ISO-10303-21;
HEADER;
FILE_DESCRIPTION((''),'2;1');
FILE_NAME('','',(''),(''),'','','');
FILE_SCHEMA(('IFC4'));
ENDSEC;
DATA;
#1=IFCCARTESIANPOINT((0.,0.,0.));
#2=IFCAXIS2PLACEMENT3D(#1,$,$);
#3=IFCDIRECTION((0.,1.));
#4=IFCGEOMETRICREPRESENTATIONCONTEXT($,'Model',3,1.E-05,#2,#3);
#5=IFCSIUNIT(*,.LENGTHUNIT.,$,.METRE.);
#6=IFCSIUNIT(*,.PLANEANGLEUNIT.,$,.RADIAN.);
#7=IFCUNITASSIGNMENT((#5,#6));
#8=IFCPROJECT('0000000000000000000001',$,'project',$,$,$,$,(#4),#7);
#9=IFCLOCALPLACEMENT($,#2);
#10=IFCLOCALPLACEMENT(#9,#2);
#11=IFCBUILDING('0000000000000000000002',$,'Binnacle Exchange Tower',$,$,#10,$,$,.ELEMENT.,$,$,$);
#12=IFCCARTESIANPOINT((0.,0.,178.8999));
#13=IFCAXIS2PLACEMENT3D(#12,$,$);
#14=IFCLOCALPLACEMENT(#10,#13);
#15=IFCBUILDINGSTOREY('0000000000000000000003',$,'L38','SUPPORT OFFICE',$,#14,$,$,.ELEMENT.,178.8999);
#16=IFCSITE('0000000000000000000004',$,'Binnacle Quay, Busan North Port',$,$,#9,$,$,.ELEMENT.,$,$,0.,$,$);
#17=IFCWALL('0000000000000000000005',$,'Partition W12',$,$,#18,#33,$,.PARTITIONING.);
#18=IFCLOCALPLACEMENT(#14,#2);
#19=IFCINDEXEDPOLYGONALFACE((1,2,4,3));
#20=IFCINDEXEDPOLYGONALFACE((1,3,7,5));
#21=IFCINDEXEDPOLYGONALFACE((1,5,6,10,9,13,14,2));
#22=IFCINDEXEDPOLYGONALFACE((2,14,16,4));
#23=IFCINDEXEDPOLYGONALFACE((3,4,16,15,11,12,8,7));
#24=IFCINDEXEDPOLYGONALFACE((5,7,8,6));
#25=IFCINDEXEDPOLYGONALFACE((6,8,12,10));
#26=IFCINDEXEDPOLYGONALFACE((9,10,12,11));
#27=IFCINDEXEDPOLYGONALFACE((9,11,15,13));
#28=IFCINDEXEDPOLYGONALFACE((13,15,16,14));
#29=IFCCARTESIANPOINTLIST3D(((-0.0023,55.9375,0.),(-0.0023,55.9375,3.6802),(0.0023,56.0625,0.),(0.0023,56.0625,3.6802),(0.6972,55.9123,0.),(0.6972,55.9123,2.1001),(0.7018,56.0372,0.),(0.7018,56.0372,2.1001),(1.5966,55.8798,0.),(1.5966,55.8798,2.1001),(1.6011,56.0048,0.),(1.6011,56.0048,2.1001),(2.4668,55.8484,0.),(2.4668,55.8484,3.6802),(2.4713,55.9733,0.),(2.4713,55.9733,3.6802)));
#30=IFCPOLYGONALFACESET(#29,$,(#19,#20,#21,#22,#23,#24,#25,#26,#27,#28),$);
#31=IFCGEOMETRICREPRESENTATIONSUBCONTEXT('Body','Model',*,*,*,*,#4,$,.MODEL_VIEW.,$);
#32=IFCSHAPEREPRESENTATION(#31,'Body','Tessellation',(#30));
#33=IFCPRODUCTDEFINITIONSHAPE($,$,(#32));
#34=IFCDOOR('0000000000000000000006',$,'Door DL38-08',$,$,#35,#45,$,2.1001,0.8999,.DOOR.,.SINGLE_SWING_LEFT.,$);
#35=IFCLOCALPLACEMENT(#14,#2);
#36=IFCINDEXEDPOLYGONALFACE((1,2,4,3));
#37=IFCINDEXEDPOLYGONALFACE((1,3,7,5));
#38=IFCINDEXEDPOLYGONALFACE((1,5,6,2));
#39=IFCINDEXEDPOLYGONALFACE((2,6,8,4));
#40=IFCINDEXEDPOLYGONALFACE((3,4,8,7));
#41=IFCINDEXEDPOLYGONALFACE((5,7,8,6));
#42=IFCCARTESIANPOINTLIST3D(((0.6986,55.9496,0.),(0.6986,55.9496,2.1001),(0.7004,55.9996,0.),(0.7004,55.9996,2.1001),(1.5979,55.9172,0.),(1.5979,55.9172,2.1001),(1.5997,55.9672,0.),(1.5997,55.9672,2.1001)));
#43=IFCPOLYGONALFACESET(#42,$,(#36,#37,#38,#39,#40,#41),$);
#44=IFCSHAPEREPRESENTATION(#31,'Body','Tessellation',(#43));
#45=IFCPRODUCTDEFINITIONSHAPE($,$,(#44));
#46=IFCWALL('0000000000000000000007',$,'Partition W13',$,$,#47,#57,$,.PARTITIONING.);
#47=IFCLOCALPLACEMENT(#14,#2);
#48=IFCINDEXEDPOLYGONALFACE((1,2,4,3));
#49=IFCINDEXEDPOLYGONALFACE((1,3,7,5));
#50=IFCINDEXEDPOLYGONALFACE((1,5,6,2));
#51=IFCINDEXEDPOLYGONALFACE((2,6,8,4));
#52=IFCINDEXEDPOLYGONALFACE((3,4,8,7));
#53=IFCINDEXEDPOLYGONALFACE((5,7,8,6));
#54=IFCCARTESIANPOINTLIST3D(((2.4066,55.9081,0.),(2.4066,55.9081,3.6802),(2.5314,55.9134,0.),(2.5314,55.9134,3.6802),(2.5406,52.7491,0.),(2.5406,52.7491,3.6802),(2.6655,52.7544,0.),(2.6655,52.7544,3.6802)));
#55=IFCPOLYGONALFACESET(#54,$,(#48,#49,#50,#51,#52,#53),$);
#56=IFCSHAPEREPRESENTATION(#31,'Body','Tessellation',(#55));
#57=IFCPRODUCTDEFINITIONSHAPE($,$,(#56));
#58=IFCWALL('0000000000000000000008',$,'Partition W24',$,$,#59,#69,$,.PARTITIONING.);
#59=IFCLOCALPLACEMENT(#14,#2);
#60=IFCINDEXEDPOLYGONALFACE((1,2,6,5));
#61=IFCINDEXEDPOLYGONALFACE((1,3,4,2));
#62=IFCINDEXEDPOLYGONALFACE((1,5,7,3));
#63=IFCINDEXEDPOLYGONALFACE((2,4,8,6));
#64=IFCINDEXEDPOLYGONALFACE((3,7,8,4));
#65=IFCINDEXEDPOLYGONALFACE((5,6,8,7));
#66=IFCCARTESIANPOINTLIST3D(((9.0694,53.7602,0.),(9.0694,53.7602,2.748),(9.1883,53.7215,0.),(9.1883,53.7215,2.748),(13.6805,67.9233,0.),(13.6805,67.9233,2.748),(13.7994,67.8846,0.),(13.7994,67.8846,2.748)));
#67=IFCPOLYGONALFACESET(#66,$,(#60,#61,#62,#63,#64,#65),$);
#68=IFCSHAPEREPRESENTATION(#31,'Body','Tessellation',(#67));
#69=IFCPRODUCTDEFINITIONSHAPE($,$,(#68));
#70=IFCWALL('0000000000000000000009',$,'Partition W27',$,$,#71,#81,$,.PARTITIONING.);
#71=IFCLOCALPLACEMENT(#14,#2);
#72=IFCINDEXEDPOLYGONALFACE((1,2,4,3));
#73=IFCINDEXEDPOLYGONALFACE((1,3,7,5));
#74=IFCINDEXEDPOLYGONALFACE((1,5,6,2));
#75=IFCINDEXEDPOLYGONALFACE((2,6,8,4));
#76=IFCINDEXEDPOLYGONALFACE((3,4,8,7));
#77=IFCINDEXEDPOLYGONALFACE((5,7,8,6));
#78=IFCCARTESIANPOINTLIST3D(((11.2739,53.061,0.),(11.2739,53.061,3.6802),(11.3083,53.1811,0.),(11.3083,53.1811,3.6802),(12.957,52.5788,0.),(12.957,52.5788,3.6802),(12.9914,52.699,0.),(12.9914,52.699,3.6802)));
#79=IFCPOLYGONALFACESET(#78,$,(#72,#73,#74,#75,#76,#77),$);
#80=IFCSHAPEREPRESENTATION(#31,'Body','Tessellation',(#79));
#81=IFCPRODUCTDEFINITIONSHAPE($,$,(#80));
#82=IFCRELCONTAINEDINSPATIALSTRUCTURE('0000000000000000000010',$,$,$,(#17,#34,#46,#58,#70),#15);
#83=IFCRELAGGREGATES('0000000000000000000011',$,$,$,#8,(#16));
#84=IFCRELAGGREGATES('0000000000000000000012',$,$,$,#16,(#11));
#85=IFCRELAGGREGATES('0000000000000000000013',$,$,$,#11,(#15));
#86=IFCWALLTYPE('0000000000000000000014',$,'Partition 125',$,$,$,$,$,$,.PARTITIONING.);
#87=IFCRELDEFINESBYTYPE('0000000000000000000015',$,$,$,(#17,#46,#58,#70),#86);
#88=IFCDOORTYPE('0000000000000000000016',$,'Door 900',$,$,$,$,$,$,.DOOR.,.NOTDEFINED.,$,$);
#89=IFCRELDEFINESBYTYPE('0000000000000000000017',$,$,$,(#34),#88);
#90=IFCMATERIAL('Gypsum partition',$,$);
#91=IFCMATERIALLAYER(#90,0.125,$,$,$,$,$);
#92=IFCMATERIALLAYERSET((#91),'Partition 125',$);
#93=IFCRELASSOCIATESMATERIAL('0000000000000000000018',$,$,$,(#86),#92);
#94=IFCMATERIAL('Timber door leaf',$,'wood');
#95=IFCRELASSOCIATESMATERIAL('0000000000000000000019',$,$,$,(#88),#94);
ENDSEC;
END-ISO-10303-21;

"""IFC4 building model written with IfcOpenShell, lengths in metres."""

from ifc_helpers import new_model, si_unit, direction, frame, frame_2d, origin, place, context, subcontext, project, spatial, rectangle, extrude, material, layer, layer_set, type_object, element, fill, save


model = new_model("IFC4")

# Units and contexts
model_context = context("Model", 3, precision=1e-05, world=origin(), true_north=direction((0.0, 1.0)))
body_context = subcontext(model_context, "Body", "Model", "MODEL_VIEW")
ifc_project = project(units=[si_unit("LENGTHUNIT", "METRE"), si_unit("PLANEANGLEUNIT", "RADIAN")], contexts=[model_context])

# Site, building, storey
site_placement = place(None, origin())
site = spatial("IfcSite", under=ifc_project, at=site_placement, Name="Binnacle Quay, Busan North Port", CompositionType="ELEMENT", RefElevation=0.0)
building_placement = place(site_placement, origin())
building = spatial("IfcBuilding", under=site, at=building_placement, Name="Binnacle Exchange Tower", CompositionType="ELEMENT")
storey_placement = place(building_placement, frame((0.0, 0.0, 178.8999)))
storey = spatial("IfcBuildingStorey", under=building, at=storey_placement, Name="L38", Description="SUPPORT OFFICE", CompositionType="ELEMENT", Elevation=178.8999)

# Wall, opening, door
ifc_material_1 = material(Name="Gypsum partition")
ifc_layer_1 = layer(ifc_material_1, 0.125)
ifc_layer_set_1 = layer_set([ifc_layer_1], Name="Partition 125")
wall_type_1 = type_object("IfcWallType", Name="Partition 125", PredefinedType="PARTITIONING", material=ifc_layer_set_1)
wall_1_placement = place(storey_placement, frame((0.0, 56.0, 0.0), z_axis=(0.0, 0.0, 1.0), x_axis=(0.999349, -0.036069, 0.0)))
wall_1 = element("IfcWall", 1, at=wall_1_placement, inside=storey, type_object=wall_type_1, Name="Partition W12", PredefinedType="PARTITIONING", context=body_context, shape_type="SweptSolid", body=[
    extrude(rectangle(XDim=2.4707, YDim=0.125, at=frame_2d((1.2354, 0.0))), origin(), (0.0, 0.0, 1.0), 3.6802),
])
opening_1_placement = place(wall_1_placement, frame((0.7, 0.0, 0.0)))
opening_1 = element("IfcOpeningElement", 2, at=opening_1_placement, cuts=wall_1, PredefinedType="OPENING", context=body_context, shape_type="SweptSolid", body=[
    extrude(rectangle(XDim=0.8999, YDim=2.1001, at=frame_2d((0.45, 1.05))), frame((0.0, 0.0725, 0.0), z_axis=(0.0, -1.0, 0.0), x_axis=(1.0, 0.0, 0.0)), (0.0, 0.0, 1.0), 0.145),
])
ifc_material_2 = material(Name="Timber door leaf", Category="wood")
door_type = type_object("IfcDoorType", Name="Door 900", OperationType="NOTDEFINED", PredefinedType="DOOR", material=ifc_material_2)
door_placement = place(opening_1_placement, origin())
door = element("IfcDoor", 3, at=door_placement, inside=storey, type_object=door_type, Name="Door DL38-08", OperationType="SINGLE_SWING_LEFT", OverallHeight=2.1001, OverallWidth=0.8999, PredefinedType="DOOR", context=body_context, shape_type="SweptSolid", body=[
    extrude(rectangle(XDim=0.8999, YDim=2.1001, at=frame_2d((0.45, 1.05))), frame((0.0, 0.0249, 0.0), z_axis=(0.0, -1.0, 0.0), x_axis=(1.0, 0.0, 0.0)), (0.0, 0.0, 1.0), 0.05),
])
fill(opening_1, door)

# Walls
wall_2_placement = place(storey_placement, frame((2.469, 55.9109, 0.0), z_axis=(0.0, 0.0, 1.0), x_axis=(0.042392, -0.999101, 0.0)))
element("IfcWall", 4, at=wall_2_placement, inside=storey, type_object=wall_type_1, Name="Partition W13", PredefinedType="PARTITIONING", context=body_context, shape_type="SweptSolid", body=[
    extrude(rectangle(XDim=3.1619, YDim=0.125, at=frame_2d((1.5811, 0.0))), origin(), (0.0, 0.0, 1.0), 3.6802),
])
wall_3_placement = place(storey_placement, frame((9.1289, 53.741, 0.0), z_axis=(0.0, 0.0, 1.0), x_axis=(0.309577, 0.950874, 0.0)))
element("IfcWall", 5, at=wall_3_placement, inside=storey, type_object=wall_type_1, Name="Partition W24", PredefinedType="PARTITIONING", context=body_context, shape_type="SweptSolid", body=[
    extrude(rectangle(XDim=14.8948, YDim=0.125, at=frame_2d((7.4473, 0.0))), origin(), (0.0, 0.0, 1.0), 2.748),
])
wall_4_placement = place(storey_placement, frame((11.291, 53.1211, 0.0), z_axis=(0.0, 0.0, 1.0), x_axis=(0.961329, -0.275402, 0.0)))
element("IfcWall", 6, at=wall_4_placement, inside=storey, type_object=wall_type_1, Name="Partition W27", PredefinedType="PARTITIONING", context=body_context, shape_type="SweptSolid", body=[
    extrude(rectangle(XDim=1.7507, YDim=0.125, at=frame_2d((0.8755, 0.0))), origin(), (0.0, 0.0, 1.0), 3.6802),
])

save(model, "model.ifc")
